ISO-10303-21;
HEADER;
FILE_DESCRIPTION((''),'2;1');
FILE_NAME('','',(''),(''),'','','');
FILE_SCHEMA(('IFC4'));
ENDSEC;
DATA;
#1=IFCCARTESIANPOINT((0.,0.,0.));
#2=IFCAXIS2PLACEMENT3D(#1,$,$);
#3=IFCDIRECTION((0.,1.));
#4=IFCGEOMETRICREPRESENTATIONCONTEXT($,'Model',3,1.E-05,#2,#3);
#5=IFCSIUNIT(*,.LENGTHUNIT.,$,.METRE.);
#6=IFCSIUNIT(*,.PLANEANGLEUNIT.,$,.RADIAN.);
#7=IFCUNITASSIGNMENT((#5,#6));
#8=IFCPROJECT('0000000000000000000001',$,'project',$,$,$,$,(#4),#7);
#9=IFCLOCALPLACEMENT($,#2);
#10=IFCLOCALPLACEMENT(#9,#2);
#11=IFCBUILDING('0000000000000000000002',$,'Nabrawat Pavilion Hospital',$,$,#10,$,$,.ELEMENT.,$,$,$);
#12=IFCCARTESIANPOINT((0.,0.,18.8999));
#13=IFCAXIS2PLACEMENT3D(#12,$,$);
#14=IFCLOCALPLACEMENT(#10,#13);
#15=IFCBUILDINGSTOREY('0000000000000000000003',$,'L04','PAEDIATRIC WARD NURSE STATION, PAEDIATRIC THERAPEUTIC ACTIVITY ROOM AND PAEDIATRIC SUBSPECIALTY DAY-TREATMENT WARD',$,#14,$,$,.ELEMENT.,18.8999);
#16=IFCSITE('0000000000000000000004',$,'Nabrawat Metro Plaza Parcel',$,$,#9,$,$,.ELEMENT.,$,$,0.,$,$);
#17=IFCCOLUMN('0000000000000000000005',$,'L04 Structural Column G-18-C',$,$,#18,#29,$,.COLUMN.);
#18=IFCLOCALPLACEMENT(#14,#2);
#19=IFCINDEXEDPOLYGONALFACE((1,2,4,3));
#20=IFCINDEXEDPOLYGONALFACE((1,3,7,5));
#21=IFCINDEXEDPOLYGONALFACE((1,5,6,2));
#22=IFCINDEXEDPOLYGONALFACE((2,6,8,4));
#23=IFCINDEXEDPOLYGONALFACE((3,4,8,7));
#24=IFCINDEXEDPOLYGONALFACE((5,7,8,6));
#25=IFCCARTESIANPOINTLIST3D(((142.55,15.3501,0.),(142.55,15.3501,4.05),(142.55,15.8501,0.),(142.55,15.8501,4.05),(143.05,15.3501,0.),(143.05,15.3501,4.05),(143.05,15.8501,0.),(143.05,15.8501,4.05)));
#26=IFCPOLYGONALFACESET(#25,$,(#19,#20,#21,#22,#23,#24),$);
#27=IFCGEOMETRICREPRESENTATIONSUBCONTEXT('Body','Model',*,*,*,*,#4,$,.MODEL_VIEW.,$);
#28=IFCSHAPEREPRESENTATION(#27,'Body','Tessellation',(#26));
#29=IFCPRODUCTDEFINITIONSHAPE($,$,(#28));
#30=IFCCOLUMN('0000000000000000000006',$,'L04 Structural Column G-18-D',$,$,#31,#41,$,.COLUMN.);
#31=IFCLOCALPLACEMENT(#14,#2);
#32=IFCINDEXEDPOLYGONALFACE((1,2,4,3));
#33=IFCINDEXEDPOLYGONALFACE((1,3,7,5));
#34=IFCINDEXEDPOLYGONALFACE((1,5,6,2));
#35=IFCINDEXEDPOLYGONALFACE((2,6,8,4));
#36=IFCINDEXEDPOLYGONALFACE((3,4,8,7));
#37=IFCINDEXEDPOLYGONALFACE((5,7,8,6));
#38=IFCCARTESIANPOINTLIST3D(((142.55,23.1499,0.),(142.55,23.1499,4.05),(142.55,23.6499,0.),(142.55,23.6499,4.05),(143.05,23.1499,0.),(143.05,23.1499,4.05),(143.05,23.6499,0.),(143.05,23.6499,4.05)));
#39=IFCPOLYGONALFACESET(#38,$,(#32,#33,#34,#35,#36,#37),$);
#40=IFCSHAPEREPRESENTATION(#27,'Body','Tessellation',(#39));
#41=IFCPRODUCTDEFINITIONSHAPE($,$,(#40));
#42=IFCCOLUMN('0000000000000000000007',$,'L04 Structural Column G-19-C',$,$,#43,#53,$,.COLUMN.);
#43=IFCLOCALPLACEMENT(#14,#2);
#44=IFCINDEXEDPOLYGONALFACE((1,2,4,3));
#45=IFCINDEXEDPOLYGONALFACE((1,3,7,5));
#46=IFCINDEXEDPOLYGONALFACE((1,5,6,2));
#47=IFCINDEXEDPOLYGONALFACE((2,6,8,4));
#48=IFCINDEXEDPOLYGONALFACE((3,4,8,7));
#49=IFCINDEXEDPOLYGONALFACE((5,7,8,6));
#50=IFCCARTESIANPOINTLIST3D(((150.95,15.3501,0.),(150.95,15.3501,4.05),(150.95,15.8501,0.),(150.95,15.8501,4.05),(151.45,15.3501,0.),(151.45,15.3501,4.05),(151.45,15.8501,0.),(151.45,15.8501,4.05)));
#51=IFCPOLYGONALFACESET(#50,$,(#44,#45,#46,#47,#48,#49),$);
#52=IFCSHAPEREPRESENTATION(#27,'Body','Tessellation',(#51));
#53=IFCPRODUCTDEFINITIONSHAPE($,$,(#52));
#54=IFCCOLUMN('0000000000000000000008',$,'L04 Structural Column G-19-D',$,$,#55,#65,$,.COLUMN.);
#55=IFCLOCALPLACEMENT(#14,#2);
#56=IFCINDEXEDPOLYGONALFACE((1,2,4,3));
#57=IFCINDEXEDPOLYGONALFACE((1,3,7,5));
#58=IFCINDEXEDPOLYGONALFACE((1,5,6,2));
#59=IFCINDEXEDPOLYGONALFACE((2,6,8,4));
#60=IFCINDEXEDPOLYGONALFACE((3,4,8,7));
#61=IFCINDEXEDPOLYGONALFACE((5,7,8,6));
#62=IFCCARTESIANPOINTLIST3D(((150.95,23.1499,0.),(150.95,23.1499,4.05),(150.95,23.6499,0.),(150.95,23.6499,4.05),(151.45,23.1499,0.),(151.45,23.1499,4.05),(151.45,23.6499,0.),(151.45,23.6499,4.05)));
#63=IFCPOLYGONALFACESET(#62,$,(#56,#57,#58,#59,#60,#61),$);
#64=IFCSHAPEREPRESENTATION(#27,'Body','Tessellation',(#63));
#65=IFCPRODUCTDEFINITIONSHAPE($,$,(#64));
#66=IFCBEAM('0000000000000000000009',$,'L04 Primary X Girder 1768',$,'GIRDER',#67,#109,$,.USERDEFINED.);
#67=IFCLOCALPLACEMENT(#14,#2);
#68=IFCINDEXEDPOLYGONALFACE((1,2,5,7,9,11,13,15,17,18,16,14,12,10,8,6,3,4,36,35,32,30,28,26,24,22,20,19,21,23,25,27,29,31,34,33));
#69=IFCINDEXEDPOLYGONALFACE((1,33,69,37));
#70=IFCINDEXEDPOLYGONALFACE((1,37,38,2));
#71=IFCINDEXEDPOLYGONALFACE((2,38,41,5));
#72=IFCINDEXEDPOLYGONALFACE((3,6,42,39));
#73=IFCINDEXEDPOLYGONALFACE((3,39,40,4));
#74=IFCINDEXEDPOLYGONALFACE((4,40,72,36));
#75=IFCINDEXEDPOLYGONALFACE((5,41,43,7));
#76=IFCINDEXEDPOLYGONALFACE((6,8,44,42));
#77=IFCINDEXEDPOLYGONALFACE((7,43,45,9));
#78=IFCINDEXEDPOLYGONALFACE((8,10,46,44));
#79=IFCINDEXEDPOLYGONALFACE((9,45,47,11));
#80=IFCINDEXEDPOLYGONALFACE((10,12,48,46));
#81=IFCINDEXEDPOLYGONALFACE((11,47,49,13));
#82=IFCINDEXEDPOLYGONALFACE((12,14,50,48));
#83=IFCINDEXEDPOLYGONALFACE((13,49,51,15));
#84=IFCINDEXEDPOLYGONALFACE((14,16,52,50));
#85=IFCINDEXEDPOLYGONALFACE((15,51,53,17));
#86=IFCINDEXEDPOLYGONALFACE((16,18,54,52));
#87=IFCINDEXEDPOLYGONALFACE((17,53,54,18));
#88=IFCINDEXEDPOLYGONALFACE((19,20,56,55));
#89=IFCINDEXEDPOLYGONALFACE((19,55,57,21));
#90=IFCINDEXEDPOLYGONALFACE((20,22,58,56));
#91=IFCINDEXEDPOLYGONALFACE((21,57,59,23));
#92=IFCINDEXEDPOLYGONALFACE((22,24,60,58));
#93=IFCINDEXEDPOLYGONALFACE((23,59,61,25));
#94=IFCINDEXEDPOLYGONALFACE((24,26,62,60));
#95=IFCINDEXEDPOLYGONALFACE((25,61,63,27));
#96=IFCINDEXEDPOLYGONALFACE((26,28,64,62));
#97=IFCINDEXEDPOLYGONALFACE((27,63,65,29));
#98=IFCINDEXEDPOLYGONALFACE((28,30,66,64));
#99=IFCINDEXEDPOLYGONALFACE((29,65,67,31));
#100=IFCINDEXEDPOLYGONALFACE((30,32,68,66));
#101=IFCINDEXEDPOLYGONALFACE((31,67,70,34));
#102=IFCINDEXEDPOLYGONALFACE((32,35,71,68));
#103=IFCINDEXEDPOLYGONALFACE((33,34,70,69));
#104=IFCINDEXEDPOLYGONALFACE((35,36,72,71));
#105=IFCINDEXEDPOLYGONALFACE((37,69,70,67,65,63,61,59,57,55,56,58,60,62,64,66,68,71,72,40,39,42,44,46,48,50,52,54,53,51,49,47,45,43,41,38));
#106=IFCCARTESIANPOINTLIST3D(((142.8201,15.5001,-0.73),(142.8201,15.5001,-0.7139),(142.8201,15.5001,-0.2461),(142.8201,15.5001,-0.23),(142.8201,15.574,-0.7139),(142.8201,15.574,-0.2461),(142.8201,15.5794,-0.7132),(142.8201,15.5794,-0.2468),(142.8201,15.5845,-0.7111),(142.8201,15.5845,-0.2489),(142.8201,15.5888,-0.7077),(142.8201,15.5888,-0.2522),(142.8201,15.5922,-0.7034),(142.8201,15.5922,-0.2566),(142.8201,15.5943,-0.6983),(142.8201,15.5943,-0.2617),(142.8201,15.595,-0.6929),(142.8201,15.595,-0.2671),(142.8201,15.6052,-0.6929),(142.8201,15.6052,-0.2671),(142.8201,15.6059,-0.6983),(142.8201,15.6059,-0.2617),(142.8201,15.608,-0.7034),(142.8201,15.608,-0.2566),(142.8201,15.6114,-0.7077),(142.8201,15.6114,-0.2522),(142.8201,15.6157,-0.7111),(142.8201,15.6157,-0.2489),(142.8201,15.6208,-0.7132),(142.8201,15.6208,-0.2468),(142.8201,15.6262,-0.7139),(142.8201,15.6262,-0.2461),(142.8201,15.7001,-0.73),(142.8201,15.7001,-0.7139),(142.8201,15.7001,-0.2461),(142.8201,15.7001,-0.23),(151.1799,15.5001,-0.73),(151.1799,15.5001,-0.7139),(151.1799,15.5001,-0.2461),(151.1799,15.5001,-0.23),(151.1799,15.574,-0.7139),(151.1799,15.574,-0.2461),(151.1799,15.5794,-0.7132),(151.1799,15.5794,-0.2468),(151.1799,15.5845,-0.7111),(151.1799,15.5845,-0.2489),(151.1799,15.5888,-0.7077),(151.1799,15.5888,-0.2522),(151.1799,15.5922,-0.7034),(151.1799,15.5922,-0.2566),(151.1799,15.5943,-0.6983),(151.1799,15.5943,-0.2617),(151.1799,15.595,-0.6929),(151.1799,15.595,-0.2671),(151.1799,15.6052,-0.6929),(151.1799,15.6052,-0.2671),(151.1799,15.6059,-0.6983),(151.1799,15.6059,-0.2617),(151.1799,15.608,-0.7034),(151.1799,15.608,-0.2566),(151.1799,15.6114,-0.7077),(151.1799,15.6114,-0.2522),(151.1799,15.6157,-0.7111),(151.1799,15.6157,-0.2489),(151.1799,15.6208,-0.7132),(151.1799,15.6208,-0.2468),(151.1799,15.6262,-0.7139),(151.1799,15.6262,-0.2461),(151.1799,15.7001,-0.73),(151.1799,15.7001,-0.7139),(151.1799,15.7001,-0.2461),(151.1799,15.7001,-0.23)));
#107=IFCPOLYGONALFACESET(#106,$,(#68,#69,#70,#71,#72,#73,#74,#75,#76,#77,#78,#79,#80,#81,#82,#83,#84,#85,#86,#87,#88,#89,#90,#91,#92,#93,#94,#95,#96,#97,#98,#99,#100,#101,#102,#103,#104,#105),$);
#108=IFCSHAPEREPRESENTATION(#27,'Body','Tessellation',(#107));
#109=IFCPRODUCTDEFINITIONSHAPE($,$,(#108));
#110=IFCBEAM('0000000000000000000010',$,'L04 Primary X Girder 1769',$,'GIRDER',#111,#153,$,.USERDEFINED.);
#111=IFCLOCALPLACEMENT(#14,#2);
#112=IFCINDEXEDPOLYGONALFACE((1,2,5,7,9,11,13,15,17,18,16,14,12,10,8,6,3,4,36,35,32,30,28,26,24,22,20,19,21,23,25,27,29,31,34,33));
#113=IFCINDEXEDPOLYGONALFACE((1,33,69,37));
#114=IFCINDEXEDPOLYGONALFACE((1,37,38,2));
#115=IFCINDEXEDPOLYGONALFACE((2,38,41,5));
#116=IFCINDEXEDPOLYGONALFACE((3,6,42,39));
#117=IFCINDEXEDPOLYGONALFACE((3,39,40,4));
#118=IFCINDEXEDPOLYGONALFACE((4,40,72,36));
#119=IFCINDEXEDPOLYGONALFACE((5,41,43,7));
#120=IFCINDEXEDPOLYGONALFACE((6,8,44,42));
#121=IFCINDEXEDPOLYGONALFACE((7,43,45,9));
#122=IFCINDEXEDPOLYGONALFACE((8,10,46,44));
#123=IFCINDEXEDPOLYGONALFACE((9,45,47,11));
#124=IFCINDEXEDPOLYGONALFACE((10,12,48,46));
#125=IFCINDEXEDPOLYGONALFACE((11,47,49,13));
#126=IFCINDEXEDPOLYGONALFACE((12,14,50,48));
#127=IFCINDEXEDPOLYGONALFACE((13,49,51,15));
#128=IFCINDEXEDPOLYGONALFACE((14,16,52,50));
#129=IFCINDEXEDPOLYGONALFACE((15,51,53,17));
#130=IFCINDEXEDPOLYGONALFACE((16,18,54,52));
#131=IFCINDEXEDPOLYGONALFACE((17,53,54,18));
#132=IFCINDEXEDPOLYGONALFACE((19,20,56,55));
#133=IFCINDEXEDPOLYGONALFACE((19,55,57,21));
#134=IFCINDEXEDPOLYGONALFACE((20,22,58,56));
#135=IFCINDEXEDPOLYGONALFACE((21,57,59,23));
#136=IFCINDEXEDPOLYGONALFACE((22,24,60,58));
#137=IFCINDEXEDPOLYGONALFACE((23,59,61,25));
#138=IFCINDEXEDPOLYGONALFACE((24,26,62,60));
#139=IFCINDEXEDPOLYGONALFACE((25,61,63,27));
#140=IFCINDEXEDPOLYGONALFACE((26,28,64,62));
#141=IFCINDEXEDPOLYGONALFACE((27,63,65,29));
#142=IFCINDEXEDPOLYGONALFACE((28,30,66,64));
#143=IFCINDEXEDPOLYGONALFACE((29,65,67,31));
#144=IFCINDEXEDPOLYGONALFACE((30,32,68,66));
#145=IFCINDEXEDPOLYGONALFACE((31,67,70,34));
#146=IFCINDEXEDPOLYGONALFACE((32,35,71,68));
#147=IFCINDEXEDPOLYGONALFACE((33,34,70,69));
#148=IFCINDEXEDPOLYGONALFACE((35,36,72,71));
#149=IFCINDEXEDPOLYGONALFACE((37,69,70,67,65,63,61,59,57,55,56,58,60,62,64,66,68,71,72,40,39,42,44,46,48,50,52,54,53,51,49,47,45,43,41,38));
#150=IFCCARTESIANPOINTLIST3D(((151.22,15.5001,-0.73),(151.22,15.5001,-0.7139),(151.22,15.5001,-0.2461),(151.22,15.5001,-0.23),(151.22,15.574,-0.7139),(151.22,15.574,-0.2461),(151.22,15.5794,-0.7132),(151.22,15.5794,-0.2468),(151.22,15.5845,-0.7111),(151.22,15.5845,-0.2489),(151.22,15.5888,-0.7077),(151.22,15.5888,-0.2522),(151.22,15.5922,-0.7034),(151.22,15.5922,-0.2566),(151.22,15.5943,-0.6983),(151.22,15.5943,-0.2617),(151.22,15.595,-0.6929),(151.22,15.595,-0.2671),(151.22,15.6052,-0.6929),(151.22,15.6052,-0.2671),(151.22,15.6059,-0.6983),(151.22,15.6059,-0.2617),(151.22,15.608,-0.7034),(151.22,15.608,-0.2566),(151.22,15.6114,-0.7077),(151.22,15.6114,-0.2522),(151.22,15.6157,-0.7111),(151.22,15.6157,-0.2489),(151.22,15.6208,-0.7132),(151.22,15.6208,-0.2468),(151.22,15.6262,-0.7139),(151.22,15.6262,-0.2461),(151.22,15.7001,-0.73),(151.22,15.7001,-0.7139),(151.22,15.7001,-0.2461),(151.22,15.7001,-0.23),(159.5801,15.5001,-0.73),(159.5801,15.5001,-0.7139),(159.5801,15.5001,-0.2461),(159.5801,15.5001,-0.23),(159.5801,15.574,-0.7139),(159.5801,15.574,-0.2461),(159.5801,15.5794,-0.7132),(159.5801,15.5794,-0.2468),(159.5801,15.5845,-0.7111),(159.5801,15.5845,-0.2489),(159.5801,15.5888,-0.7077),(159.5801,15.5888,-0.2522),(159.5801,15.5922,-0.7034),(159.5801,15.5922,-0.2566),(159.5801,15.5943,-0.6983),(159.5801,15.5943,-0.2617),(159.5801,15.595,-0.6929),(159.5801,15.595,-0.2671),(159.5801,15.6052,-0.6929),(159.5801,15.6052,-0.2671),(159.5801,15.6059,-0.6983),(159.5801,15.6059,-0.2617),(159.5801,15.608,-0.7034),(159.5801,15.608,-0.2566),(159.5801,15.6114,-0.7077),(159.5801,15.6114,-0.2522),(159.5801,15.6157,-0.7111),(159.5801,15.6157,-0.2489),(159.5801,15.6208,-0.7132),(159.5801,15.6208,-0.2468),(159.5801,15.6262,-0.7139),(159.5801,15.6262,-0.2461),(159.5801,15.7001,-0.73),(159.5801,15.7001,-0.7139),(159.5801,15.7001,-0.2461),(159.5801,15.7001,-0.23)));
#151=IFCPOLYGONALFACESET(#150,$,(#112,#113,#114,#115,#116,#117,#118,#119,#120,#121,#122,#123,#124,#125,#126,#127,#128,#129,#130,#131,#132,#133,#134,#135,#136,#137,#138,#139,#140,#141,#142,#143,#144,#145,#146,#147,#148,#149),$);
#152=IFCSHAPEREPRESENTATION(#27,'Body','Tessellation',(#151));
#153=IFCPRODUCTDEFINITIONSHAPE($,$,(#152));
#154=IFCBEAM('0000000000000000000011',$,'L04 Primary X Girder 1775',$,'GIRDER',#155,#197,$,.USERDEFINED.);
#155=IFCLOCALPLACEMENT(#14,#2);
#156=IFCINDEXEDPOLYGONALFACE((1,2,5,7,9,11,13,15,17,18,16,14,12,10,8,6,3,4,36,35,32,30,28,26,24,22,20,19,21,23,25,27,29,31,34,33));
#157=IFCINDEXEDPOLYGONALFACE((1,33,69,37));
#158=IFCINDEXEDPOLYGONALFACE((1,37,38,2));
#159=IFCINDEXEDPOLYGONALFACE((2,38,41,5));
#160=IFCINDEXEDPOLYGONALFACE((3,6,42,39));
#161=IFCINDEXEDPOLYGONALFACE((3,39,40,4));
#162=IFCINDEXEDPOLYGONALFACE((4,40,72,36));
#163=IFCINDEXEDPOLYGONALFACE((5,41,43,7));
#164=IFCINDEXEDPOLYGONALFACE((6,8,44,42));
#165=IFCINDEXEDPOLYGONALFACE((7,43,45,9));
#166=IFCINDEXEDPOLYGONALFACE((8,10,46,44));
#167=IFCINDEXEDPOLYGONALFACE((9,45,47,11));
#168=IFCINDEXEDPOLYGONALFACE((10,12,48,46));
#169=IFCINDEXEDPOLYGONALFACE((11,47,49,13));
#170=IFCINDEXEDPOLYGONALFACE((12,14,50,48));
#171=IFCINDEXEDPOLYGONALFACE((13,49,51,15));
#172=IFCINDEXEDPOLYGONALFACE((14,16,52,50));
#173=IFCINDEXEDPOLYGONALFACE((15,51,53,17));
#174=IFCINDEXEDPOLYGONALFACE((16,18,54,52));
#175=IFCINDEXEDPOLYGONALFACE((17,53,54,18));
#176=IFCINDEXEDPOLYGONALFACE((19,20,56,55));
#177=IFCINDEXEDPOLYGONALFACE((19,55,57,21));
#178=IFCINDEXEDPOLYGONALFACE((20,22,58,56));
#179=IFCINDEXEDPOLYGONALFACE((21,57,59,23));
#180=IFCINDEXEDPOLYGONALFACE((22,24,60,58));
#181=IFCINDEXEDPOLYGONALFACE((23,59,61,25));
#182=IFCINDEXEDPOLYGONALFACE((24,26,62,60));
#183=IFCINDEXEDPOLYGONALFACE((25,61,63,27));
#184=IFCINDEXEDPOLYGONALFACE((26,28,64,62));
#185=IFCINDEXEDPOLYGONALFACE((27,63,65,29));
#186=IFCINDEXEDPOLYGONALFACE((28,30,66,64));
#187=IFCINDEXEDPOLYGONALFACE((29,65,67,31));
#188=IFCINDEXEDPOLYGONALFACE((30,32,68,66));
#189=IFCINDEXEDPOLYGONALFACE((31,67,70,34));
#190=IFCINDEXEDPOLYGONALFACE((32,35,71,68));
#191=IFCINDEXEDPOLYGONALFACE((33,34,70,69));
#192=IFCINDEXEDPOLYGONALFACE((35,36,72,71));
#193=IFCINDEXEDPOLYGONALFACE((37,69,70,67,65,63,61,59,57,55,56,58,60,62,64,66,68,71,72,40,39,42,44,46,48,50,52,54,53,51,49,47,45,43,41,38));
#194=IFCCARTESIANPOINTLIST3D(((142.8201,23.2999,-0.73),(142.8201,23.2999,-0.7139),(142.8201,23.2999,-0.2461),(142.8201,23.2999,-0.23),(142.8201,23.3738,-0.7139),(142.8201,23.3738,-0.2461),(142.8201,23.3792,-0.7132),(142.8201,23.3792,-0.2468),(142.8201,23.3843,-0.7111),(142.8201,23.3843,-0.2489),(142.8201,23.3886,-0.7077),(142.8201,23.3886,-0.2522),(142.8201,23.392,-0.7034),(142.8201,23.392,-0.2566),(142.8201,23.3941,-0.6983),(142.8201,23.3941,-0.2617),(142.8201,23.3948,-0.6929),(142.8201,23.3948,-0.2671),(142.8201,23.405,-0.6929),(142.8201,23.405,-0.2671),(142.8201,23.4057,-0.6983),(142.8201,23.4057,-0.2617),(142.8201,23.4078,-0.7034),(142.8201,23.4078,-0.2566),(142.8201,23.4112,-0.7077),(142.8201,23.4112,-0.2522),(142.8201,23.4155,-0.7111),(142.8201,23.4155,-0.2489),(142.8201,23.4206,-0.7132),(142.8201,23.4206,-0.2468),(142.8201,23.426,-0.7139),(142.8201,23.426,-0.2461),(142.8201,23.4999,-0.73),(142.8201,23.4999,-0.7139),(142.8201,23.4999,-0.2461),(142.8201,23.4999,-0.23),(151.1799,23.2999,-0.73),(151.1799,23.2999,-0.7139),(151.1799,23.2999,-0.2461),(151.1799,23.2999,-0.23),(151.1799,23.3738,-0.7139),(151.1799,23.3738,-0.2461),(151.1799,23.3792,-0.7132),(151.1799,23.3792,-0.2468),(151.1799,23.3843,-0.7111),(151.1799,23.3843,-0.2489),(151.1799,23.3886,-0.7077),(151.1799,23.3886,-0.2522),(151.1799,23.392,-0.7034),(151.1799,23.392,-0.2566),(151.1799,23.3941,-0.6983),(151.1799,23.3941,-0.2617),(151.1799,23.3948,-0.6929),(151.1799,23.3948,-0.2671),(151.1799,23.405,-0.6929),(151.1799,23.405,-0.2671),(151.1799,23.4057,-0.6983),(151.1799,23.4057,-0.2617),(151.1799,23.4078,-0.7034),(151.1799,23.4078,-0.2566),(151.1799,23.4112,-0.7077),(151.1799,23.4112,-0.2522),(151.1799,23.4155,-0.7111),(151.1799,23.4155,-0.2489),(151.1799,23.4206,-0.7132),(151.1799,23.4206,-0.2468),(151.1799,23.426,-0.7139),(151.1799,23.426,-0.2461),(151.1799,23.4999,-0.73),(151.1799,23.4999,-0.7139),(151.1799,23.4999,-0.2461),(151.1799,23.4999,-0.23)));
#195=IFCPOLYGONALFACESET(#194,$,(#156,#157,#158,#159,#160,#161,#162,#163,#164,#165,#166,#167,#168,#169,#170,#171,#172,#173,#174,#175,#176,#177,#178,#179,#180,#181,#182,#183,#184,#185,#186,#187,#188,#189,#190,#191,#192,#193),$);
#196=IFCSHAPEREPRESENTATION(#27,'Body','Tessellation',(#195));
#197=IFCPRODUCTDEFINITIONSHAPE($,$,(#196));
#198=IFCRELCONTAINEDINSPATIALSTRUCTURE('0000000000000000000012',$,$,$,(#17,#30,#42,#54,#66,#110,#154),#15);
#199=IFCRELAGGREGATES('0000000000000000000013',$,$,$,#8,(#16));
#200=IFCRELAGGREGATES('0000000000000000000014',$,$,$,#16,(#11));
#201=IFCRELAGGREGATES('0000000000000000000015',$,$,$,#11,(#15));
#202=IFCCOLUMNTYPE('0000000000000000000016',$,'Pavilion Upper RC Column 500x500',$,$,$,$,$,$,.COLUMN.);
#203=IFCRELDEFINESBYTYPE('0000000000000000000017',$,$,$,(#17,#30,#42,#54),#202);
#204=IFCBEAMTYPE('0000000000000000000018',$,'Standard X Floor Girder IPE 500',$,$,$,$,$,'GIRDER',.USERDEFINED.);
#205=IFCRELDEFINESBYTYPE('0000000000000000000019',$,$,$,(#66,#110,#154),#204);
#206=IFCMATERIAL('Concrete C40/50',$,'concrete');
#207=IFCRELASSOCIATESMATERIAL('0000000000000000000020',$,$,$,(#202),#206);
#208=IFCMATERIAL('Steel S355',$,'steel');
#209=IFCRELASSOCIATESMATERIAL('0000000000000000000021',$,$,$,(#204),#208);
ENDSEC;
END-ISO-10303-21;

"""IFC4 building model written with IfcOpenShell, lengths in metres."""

from ifc_helpers import new_model, si_unit, direction, frame, origin, origin_2d, place, context, subcontext, project, spatial, rectangle, i_section, extrude, material, material_profile, profile_set, type_object, element, save


model = new_model("IFC4")

# Units and contexts
model_context = context("Model", 3, precision=1e-05, world=origin(), true_north=direction((0.0, 1.0)))
body_context = subcontext(model_context, "Body", "Model", "MODEL_VIEW")
ifc_project = project(units=[si_unit("LENGTHUNIT", "METRE"), si_unit("PLANEANGLEUNIT", "RADIAN")], contexts=[model_context])

# Site, building, storey
site_placement = place(None, origin())
site = spatial("IfcSite", under=ifc_project, at=site_placement, Name="Nabrawat Metro Plaza Parcel", CompositionType="ELEMENT", RefElevation=0.0)
building_placement = place(site_placement, origin())
building = spatial("IfcBuilding", under=site, at=building_placement, Name="Nabrawat Pavilion Hospital", CompositionType="ELEMENT")
storey_placement = place(building_placement, frame((0.0, 0.0, 18.8999)))
storey = spatial("IfcBuildingStorey", under=building, at=storey_placement, Name="L04", Description="PAEDIATRIC WARD NURSE STATION, PAEDIATRIC THERAPEUTIC ACTIVITY ROOM AND PAEDIATRIC SUBSPECIALTY DAY-TREATMENT WARD", CompositionType="ELEMENT", Elevation=18.8999)

# Columns
ifc_material_1 = material(Name="Concrete C40/50", Category="concrete")
ifc_material_profile_1 = material_profile(ifc_material_1, rectangle(XDim=0.5, YDim=0.5, at=origin_2d()), Name="RC 500x500")
ifc_profile_set_1 = profile_set([ifc_material_profile_1], Name="Concrete C40/50")
column_type = type_object("IfcColumnType", Name="Pavilion Upper RC Column 500x500", PredefinedType="COLUMN", material=ifc_profile_set_1)
for number, where, z_axis, x_axis, name in (
    (1, (142.8, 15.6001, 0.0), (0.0, 0.0, 1.0), (1.0, 0.0, 0.0), "L04 Structural Column G-18-C"),
    (2, (142.8, 23.3999, 0.0), (0.0, 0.0, 1.0), (1.0, 0.0, 0.0), "L04 Structural Column G-18-D"),
    (3, (151.2, 15.6001, 0.0), (0.0, 0.0, 1.0), (1.0, 0.0, 0.0), "L04 Structural Column G-19-C"),
    (4, (151.2, 23.3999, 0.0), (0.0, 0.0, 1.0), (1.0, 0.0, 0.0), "L04 Structural Column G-19-D"),
):
    element("IfcColumn", number, at=place(storey_placement, frame(where, z_axis=z_axis, x_axis=x_axis)), inside=storey, type_object=column_type, Name=name, PredefinedType="COLUMN", context=body_context, shape_type="SweptSolid", body=[
        extrude(rectangle(XDim=0.5, YDim=0.5, at=origin_2d()), origin(), (0.0, 0.0, 1.0), 4.05),
    ])

# Beams
ifc_material_2 = material(Name="Steel S355", Category="steel")
ifc_material_profile_2 = material_profile(ifc_material_2, i_section(OverallWidth=0.2, OverallDepth=0.5, WebThickness=0.0103, FlangeThickness=0.0161, FilletRadius=0.021, at=origin_2d()), Name="IPE 500")
ifc_profile_set_2 = profile_set([ifc_material_profile_2], Name="Steel S355")
beam_type_1 = type_object("IfcBeamType", Name="Standard X Floor Girder IPE 500", ElementType="GIRDER", PredefinedType="USERDEFINED", material=ifc_profile_set_2)
beam_1_placement = place(storey_placement, frame((142.8201, 15.6001, -0.48), z_axis=(1.0, 0.0, 0.0), x_axis=(0.0, 1.0, 0.0)))
element("IfcBeam", 5, at=beam_1_placement, inside=storey, type_object=beam_type_1, Name="L04 Primary X Girder 1768", ObjectType="GIRDER", PredefinedType="USERDEFINED", context=body_context, shape_type="SweptSolid", body=[
    extrude(i_section(OverallWidth=0.2, OverallDepth=0.5, WebThickness=0.0103, FlangeThickness=0.0161, FilletRadius=0.021, at=origin_2d()), origin(), (0.0, 0.0, 1.0), 8.3599),
])
beam_2_placement = place(storey_placement, frame((151.22, 15.6001, -0.48), z_axis=(1.0, 0.0, 0.0), x_axis=(0.0, 1.0, 0.0)))
element("IfcBeam", 6, at=beam_2_placement, inside=storey, type_object=beam_type_1, Name="L04 Primary X Girder 1769", ObjectType="GIRDER", PredefinedType="USERDEFINED", context=body_context, shape_type="SweptSolid", body=[
    extrude(i_section(OverallWidth=0.2, OverallDepth=0.5, WebThickness=0.0103, FlangeThickness=0.0161, FilletRadius=0.021, at=origin_2d()), origin(), (0.0, 0.0, 1.0), 8.3601),
])
beam_3_placement = place(storey_placement, frame((142.8201, 23.3999, -0.48), z_axis=(1.0, 0.0, 0.0), x_axis=(0.0, 1.0, 0.0)))
element("IfcBeam", 7, at=beam_3_placement, inside=storey, type_object=beam_type_1, Name="L04 Primary X Girder 1775", ObjectType="GIRDER", PredefinedType="USERDEFINED", context=body_context, shape_type="SweptSolid", body=[
    extrude(i_section(OverallWidth=0.2, OverallDepth=0.5, WebThickness=0.0103, FlangeThickness=0.0161, FilletRadius=0.021, at=origin_2d()), origin(), (0.0, 0.0, 1.0), 8.3599),
])

save(model, "model.ifc")
